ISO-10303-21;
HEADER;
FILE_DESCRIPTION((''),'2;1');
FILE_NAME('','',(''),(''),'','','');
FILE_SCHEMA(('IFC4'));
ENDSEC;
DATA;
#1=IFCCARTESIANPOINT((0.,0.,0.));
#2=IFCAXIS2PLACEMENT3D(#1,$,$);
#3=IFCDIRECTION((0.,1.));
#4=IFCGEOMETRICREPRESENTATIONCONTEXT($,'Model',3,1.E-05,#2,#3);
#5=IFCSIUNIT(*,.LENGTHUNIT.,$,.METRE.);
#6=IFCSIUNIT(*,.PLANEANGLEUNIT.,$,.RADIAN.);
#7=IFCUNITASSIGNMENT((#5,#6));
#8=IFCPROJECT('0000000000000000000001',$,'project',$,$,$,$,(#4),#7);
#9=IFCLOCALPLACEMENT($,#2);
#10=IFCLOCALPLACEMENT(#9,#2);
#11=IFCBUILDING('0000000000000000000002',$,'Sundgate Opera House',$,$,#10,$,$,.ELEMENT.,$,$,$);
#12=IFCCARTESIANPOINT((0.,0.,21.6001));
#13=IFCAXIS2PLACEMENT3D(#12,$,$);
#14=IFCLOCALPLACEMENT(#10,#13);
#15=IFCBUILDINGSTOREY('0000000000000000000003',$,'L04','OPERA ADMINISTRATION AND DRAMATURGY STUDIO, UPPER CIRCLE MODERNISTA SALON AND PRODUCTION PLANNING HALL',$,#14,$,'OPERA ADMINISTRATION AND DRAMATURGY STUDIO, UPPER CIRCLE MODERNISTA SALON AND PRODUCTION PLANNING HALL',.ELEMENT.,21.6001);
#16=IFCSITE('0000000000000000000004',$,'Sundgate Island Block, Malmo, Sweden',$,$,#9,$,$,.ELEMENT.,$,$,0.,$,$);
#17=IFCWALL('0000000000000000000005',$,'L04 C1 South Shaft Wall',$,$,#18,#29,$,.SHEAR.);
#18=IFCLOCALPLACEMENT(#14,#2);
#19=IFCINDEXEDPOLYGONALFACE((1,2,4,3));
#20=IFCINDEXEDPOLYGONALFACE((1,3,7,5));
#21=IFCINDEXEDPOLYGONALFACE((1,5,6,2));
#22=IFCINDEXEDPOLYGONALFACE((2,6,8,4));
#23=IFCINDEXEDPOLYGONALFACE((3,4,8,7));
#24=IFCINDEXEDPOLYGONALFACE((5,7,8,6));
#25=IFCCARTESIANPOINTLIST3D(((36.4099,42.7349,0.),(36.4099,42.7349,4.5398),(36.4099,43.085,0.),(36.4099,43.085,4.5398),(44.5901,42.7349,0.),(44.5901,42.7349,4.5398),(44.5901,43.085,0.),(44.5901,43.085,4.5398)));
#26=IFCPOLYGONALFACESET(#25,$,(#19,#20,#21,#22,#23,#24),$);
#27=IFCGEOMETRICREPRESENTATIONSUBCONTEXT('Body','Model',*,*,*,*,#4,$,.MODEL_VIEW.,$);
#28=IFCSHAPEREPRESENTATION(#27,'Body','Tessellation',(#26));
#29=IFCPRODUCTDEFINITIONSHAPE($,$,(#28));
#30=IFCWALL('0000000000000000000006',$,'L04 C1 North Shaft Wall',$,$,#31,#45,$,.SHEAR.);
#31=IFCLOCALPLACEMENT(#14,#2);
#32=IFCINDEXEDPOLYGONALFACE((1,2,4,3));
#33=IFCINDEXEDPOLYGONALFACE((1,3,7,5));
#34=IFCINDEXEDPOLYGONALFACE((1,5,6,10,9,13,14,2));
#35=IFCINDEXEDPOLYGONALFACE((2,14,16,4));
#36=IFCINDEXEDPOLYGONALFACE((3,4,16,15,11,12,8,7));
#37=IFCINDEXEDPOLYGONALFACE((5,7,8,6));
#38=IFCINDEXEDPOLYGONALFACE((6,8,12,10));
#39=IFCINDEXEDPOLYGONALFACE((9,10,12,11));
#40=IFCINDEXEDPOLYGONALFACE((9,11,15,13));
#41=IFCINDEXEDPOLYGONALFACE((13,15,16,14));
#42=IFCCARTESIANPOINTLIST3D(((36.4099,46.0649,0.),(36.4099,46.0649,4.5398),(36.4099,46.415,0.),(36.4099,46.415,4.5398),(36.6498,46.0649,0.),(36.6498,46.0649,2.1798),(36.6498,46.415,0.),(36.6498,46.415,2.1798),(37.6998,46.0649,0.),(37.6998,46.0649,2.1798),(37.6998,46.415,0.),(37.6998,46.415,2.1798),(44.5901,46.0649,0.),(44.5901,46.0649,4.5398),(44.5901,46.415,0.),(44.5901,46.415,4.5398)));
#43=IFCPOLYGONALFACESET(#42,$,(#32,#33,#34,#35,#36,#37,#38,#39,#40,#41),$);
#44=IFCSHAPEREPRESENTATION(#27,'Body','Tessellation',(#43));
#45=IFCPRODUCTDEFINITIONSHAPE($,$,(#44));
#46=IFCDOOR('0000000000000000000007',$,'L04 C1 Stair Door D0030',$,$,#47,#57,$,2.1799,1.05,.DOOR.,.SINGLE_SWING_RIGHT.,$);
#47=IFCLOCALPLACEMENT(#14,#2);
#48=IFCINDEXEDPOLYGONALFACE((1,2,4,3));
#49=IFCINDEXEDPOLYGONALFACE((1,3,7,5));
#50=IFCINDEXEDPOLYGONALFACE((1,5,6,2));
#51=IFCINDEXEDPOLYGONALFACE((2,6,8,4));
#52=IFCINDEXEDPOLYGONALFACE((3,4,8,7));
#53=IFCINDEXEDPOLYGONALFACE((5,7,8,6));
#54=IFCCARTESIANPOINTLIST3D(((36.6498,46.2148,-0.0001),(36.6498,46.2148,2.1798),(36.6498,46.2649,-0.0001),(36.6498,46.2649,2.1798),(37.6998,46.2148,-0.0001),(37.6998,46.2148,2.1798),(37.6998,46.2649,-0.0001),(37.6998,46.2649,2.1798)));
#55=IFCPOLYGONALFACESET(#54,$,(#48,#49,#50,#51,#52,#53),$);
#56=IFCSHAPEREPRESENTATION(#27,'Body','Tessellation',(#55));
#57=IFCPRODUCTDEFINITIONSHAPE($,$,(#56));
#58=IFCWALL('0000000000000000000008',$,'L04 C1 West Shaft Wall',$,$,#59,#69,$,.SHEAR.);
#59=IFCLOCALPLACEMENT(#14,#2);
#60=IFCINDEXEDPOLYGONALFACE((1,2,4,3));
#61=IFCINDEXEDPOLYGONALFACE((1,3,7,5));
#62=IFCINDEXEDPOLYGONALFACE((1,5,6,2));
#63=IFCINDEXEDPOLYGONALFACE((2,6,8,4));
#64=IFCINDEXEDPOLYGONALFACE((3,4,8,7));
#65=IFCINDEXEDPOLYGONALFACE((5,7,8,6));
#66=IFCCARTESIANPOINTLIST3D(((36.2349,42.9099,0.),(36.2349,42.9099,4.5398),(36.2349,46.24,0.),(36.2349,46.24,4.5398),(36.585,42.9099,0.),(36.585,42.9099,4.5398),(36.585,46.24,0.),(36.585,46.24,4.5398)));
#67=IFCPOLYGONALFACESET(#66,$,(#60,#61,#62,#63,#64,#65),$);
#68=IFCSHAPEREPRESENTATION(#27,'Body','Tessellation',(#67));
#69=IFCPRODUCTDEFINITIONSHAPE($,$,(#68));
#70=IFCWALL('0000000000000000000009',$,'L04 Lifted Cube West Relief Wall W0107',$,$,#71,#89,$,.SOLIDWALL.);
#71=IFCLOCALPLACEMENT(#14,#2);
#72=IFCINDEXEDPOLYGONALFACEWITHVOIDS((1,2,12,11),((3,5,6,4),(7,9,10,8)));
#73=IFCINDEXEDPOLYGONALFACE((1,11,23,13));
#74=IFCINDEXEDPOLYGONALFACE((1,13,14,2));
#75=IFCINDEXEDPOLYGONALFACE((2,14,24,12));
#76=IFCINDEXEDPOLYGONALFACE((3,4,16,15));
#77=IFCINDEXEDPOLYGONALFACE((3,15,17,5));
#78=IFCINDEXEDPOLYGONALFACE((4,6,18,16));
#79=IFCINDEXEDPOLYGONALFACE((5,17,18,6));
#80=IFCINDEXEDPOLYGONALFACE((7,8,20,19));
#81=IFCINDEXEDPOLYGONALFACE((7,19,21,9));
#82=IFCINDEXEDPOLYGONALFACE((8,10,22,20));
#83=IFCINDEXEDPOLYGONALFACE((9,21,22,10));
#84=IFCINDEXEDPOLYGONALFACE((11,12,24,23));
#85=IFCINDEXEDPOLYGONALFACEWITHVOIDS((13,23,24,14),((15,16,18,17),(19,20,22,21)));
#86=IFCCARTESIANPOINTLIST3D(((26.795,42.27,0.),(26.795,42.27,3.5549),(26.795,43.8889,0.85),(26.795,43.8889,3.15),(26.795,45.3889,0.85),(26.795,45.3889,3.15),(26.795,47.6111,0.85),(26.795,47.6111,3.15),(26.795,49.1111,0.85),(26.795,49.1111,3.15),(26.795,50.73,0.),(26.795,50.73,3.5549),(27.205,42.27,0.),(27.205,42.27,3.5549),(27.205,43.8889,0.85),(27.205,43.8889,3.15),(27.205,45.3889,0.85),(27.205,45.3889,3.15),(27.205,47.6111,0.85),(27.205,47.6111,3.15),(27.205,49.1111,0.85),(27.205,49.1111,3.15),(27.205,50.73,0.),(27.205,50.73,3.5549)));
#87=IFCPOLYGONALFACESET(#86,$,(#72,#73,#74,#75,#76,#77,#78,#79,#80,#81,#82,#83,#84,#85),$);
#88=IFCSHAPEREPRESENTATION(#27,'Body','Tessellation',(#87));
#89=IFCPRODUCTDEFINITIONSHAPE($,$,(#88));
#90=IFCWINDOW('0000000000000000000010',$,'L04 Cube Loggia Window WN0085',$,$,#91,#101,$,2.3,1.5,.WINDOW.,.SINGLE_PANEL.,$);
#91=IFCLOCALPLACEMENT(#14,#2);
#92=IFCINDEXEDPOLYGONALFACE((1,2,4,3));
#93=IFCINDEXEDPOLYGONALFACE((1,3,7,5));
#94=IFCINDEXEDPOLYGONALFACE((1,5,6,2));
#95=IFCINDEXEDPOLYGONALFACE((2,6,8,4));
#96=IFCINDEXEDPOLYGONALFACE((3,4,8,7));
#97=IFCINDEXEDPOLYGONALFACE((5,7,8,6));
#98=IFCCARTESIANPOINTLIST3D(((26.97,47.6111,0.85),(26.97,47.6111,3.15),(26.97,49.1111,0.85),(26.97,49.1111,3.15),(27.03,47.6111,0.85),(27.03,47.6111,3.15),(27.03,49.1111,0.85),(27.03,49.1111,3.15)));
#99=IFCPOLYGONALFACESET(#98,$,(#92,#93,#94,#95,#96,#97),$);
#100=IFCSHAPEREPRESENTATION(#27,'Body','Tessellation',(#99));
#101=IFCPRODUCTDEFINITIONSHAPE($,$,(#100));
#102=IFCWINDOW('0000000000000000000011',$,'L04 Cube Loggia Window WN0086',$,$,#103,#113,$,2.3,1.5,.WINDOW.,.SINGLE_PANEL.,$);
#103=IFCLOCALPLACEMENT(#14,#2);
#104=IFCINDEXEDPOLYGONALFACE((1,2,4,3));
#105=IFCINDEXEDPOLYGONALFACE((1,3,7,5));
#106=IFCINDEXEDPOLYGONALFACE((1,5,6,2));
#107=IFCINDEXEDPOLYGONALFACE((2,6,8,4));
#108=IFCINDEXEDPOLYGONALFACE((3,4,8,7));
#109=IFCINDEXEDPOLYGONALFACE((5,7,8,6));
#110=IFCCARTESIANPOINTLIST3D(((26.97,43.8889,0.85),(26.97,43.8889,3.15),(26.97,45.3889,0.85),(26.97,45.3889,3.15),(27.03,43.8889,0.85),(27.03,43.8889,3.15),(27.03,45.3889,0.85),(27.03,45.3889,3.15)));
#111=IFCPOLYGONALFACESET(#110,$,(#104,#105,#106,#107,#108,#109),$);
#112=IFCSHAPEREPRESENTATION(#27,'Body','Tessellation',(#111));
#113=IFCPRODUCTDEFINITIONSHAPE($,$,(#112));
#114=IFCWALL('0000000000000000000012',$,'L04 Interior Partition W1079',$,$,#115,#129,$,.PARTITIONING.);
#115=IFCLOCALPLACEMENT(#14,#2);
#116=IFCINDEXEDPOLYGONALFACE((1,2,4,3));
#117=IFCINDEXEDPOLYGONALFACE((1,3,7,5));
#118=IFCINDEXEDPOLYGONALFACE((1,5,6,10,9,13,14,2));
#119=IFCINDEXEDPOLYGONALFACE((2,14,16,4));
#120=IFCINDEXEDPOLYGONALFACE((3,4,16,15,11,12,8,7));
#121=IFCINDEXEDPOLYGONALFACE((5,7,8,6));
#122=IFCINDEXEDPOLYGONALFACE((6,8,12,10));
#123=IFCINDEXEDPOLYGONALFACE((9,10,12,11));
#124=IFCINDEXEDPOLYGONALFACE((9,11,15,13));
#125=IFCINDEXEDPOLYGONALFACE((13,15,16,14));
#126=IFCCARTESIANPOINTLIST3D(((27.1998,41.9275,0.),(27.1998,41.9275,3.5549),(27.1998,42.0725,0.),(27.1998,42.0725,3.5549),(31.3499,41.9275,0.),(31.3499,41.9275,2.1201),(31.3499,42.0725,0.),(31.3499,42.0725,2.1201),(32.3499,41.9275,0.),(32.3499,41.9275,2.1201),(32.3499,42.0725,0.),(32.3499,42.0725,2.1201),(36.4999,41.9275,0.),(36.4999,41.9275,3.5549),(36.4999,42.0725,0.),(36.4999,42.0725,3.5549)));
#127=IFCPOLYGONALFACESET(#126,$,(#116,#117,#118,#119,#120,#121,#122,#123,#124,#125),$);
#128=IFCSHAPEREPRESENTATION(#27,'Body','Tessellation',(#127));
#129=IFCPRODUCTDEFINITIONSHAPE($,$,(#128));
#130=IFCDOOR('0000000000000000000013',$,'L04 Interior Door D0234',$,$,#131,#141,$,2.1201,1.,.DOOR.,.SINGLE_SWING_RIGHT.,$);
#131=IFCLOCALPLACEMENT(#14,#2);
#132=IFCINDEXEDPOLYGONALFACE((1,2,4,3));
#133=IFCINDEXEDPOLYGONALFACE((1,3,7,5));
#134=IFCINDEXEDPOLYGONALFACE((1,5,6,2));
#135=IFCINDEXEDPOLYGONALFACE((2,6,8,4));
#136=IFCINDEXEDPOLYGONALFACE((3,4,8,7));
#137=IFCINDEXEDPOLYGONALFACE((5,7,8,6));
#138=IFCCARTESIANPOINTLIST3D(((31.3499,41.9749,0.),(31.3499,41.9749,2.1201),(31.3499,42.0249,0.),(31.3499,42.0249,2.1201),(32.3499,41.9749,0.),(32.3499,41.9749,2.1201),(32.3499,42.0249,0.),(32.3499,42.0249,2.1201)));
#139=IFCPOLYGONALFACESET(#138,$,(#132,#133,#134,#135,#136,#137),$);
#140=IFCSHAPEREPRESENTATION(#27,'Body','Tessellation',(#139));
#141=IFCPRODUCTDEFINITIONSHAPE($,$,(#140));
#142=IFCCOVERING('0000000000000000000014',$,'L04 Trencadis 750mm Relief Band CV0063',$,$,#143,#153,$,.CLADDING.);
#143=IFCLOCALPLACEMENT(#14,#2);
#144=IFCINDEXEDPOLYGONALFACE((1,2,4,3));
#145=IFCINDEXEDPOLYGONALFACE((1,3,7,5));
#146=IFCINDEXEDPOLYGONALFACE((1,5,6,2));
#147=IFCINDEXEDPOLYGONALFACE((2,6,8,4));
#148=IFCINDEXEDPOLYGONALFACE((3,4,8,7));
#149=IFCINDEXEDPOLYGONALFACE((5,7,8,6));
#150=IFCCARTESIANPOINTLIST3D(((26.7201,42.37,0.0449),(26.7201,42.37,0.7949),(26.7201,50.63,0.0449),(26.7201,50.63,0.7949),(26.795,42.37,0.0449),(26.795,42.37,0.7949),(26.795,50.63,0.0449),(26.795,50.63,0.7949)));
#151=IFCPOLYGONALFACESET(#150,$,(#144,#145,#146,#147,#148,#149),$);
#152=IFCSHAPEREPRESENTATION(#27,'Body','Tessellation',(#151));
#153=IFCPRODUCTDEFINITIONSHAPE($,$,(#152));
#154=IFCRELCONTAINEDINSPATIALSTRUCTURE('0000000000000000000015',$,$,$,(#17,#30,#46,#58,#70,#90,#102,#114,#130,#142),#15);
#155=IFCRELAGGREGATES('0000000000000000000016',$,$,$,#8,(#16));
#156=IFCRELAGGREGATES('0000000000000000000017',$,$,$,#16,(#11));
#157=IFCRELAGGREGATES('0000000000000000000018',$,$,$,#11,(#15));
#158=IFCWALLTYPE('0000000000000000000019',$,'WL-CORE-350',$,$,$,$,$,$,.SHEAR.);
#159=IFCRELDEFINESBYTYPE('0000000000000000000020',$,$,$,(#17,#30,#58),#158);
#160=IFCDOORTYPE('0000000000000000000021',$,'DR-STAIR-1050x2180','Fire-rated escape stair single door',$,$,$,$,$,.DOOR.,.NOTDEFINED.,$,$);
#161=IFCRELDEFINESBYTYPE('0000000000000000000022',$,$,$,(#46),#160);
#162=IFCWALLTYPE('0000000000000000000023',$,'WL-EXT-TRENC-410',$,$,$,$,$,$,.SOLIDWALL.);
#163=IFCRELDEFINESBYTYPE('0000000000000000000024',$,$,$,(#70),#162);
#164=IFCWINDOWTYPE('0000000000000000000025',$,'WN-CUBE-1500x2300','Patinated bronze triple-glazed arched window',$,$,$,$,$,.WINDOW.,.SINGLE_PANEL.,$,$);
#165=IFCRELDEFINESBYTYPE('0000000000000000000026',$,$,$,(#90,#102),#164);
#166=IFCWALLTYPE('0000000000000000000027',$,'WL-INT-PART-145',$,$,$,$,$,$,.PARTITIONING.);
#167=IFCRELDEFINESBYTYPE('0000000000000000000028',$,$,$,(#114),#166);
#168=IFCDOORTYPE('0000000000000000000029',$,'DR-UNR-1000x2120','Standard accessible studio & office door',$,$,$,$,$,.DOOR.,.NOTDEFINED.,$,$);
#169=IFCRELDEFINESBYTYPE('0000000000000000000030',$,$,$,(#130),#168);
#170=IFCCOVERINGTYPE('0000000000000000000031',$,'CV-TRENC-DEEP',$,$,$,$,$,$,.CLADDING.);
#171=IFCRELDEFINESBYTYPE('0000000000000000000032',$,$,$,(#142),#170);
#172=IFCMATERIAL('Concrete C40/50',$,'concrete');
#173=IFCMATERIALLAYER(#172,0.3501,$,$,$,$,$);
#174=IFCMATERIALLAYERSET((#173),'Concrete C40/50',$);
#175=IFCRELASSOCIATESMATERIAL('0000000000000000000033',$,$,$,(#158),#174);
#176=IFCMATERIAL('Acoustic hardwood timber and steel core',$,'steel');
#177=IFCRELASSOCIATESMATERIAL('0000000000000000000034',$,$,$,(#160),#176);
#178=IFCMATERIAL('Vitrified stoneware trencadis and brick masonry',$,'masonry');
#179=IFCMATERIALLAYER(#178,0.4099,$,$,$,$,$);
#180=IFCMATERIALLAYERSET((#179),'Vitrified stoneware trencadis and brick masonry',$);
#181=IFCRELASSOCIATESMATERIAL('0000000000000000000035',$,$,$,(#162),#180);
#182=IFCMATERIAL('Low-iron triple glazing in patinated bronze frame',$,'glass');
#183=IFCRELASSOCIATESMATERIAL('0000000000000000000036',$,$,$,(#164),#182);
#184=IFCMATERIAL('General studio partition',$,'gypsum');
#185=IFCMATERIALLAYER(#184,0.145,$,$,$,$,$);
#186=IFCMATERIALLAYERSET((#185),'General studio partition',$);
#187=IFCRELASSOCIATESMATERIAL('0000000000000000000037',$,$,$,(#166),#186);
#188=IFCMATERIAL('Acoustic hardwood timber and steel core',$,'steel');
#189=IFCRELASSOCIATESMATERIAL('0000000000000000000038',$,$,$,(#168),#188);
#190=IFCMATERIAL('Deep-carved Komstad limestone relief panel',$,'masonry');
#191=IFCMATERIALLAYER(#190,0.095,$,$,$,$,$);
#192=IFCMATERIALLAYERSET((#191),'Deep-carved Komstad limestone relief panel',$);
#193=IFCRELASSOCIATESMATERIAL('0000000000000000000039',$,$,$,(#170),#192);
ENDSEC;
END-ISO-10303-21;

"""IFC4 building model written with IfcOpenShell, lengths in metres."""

from ifc_helpers import new_model, si_unit, direction, frame, frame_2d, origin, origin_2d, place, context, subcontext, project, spatial, rectangle, extrude, material, layer, layer_set, type_object, element, fill, save


model = new_model("IFC4")

# Units and contexts
model_context = context("Model", 3, precision=1e-05, world=origin(), true_north=direction((0.0, 1.0)))
body_context = subcontext(model_context, "Body", "Model", "MODEL_VIEW")
ifc_project = project(units=[si_unit("LENGTHUNIT", "METRE"), si_unit("PLANEANGLEUNIT", "RADIAN")], contexts=[model_context])

# Site, building, storey
site_placement = place(None, origin())
site = spatial("IfcSite", under=ifc_project, at=site_placement, Name="Sundgate Island Block, Malmo, Sweden", CompositionType="ELEMENT", RefElevation=0.0)
building_placement = place(site_placement, origin())
building = spatial("IfcBuilding", under=site, at=building_placement, Name="Sundgate Opera House", CompositionType="ELEMENT")
storey_placement = place(building_placement, frame((0.0, 0.0, 21.6001)))
storey = spatial("IfcBuildingStorey", under=building, at=storey_placement, Name="L04", Description="OPERA ADMINISTRATION AND DRAMATURGY STUDIO, UPPER CIRCLE MODERNISTA SALON AND PRODUCTION PLANNING HALL", LongName="OPERA ADMINISTRATION AND DRAMATURGY STUDIO, UPPER CIRCLE MODERNISTA SALON AND PRODUCTION PLANNING HALL", CompositionType="ELEMENT", Elevation=21.6001)

# Wall
ifc_material_1 = material(Name="Concrete C40/50", Category="concrete")
ifc_layer_1 = layer(ifc_material_1, 0.3501)
ifc_layer_set_1 = layer_set([ifc_layer_1], Name="Concrete C40/50")
wall_type_1 = type_object("IfcWallType", Name="WL-CORE-350", PredefinedType="SHEAR", material=ifc_layer_set_1)
wall_1_placement = place(storey_placement, frame((36.4099, 42.9099, 0.0), z_axis=(0.0, 0.0, 1.0), x_axis=(1.0, 0.0, 0.0)))
element("IfcWall", 1, at=wall_1_placement, inside=storey, type_object=wall_type_1, Name="L04 C1 South Shaft Wall", PredefinedType="SHEAR", context=body_context, shape_type="SweptSolid", body=[
    extrude(rectangle(XDim=8.1802, YDim=0.3501, at=frame_2d((4.0901, 0.0))), origin(), (0.0, 0.0, 1.0), 4.5398),
])

# Wall, opening, door
wall_2_placement = place(storey_placement, frame((36.4099, 46.24, 0.0), z_axis=(0.0, 0.0, 1.0), x_axis=(1.0, 0.0, 0.0)))
wall_2 = element("IfcWall", 2, at=wall_2_placement, inside=storey, type_object=wall_type_1, Name="L04 C1 North Shaft Wall", PredefinedType="SHEAR", context=body_context, shape_type="SweptSolid", body=[
    extrude(rectangle(XDim=8.1802, YDim=0.3501, at=frame_2d((4.0901, 0.0))), origin(), (0.0, 0.0, 1.0), 4.5398),
])
opening_1_placement = place(wall_2_placement, frame((0.24, 0.0, 0.0)))
opening_1 = element("IfcOpeningElement", 3, at=opening_1_placement, cuts=wall_2, PredefinedType="OPENING", context=body_context, shape_type="SweptSolid", body=[
    extrude(rectangle(XDim=1.05, YDim=2.1799, at=frame_2d((0.5249, 1.0898))), frame((0.0, 0.1851, 0.0), z_axis=(0.0, -1.0, 0.0), x_axis=(1.0, 0.0, 0.0)), (0.0, 0.0, 1.0), 0.3701),
])
ifc_material_2 = material(Name="Acoustic hardwood timber and steel core", Category="steel")
door_type_1 = type_object("IfcDoorType", Name="DR-STAIR-1050x2180", Description="Fire-rated escape stair single door", OperationType="NOTDEFINED", PredefinedType="DOOR", material=ifc_material_2)
door_1_placement = place(opening_1_placement, origin())
door_1 = element("IfcDoor", 4, at=door_1_placement, inside=storey, type_object=door_type_1, Name="L04 C1 Stair Door D0030", OperationType="SINGLE_SWING_RIGHT", OverallHeight=2.1799, OverallWidth=1.05, PredefinedType="DOOR", context=body_context, shape_type="SweptSolid", body=[
    extrude(rectangle(XDim=1.05, YDim=2.1799, at=frame_2d((0.5249, 1.0898))), frame((0.0, 0.0249, 0.0), z_axis=(0.0, -1.0, 0.0), x_axis=(1.0, 0.0, 0.0)), (0.0, 0.0, 1.0), 0.05),
])
fill(opening_1, door_1)

# Wall
wall_3_placement = place(storey_placement, frame((36.4099, 42.9099, 0.0), z_axis=(0.0, 0.0, 1.0), x_axis=(0.0, 1.0, 0.0)))
element("IfcWall", 5, at=wall_3_placement, inside=storey, type_object=wall_type_1, Name="L04 C1 West Shaft Wall", PredefinedType="SHEAR", context=body_context, shape_type="SweptSolid", body=[
    extrude(rectangle(XDim=3.3301, YDim=0.3501, at=frame_2d((1.665, 0.0))), origin(), (0.0, 0.0, 1.0), 4.5398),
])

# Wall, openings, windows
ifc_material_3 = material(Name="Vitrified stoneware trencadis and brick masonry", Category="masonry")
ifc_layer_2 = layer(ifc_material_3, 0.4099)
ifc_layer_set_2 = layer_set([ifc_layer_2], Name="Vitrified stoneware trencadis and brick masonry")
wall_type_2 = type_object("IfcWallType", Name="WL-EXT-TRENC-410", PredefinedType="SOLIDWALL", material=ifc_layer_set_2)
wall_4_placement = place(storey_placement, frame((27.0, 50.73, 0.0), z_axis=(0.0, 0.0, 1.0), x_axis=(0.0, -1.0, 0.0)))
wall_4 = element("IfcWall", 6, at=wall_4_placement, inside=storey, type_object=wall_type_2, Name="L04 Lifted Cube West Relief Wall W0107", PredefinedType="SOLIDWALL", context=body_context, shape_type="SweptSolid", body=[
    extrude(rectangle(XDim=8.46, YDim=0.4099, at=frame_2d((4.23, 0.0))), origin(), (0.0, 0.0, 1.0), 3.5549),
])
opening_2_placement = place(wall_4_placement, frame((1.6189, 0.0, 0.8501)))
opening_2 = element("IfcOpeningElement", 7, at=opening_2_placement, cuts=wall_4, PredefinedType="OPENING", context=body_context, shape_type="SweptSolid", body=[
    extrude(rectangle(XDim=1.5, YDim=2.3, at=frame_2d((0.75, 1.1499))), frame((0.0, 0.2148, 0.0), z_axis=(0.0, -1.0, 0.0), x_axis=(1.0, 0.0, 0.0)), (0.0, 0.0, 1.0), 0.4299),
])
opening_3_placement = place(wall_4_placement, frame((5.3411, 0.0, 0.8501)))
opening_3 = element("IfcOpeningElement", 8, at=opening_3_placement, cuts=wall_4, PredefinedType="OPENING", context=body_context, shape_type="SweptSolid", body=[
    extrude(rectangle(XDim=1.5, YDim=2.3, at=frame_2d((0.75, 1.1499))), frame((0.0, 0.2148, 0.0), z_axis=(0.0, -1.0, 0.0), x_axis=(1.0, 0.0, 0.0)), (0.0, 0.0, 1.0), 0.4299),
])
ifc_material_4 = material(Name="Low-iron triple glazing in patinated bronze frame", Category="glass")
window_type = type_object("IfcWindowType", Name="WN-CUBE-1500x2300", Description="Patinated bronze triple-glazed arched window", PartitioningType="SINGLE_PANEL", PredefinedType="WINDOW", material=ifc_material_4)
window_1_placement = place(opening_2_placement, origin())
window_1 = element("IfcWindow", 9, at=window_1_placement, inside=storey, type_object=window_type, Name="L04 Cube Loggia Window WN0085", OverallHeight=2.3, OverallWidth=1.5, PartitioningType="SINGLE_PANEL", PredefinedType="WINDOW", context=body_context, shape_type="SweptSolid", body=[
    extrude(rectangle(XDim=1.5, YDim=2.3, at=frame_2d((0.75, 1.1499))), frame((0.0, 0.03, 0.0), z_axis=(0.0, -1.0, 0.0), x_axis=(1.0, 0.0, 0.0)), (0.0, 0.0, 1.0), 0.0601),
])
fill(opening_2, window_1)
window_2_placement = place(opening_3_placement, origin())
window_2 = element("IfcWindow", 10, at=window_2_placement, inside=storey, type_object=window_type, Name="L04 Cube Loggia Window WN0086", OverallHeight=2.3, OverallWidth=1.5, PartitioningType="SINGLE_PANEL", PredefinedType="WINDOW", context=body_context, shape_type="SweptSolid", body=[
    extrude(rectangle(XDim=1.5, YDim=2.3, at=frame_2d((0.75, 1.1499))), frame((0.0, 0.03, 0.0), z_axis=(0.0, -1.0, 0.0), x_axis=(1.0, 0.0, 0.0)), (0.0, 0.0, 1.0), 0.0601),
])
fill(opening_3, window_2)

# Wall, opening, door
ifc_material_5 = material(Name="General studio partition", Category="gypsum")
ifc_layer_3 = layer(ifc_material_5, 0.145)
ifc_layer_set_3 = layer_set([ifc_layer_3], Name="General studio partition")
wall_type_3 = type_object("IfcWallType", Name="WL-INT-PART-145", PredefinedType="PARTITIONING", material=ifc_layer_set_3)
wall_5_placement = place(storey_placement, frame((27.2, 42.0, 0.0), z_axis=(0.0, 0.0, 1.0), x_axis=(1.0, 0.0, 0.0)))
wall_5 = element("IfcWall", 11, at=wall_5_placement, inside=storey, type_object=wall_type_3, Name="L04 Interior Partition W1079", PredefinedType="PARTITIONING", context=body_context, shape_type="SweptSolid", body=[
    extrude(rectangle(XDim=9.3, YDim=0.145, at=frame_2d((4.6499, 0.0))), origin(), (0.0, 0.0, 1.0), 3.5549),
])
opening_4_placement = place(wall_5_placement, frame((4.1499, 0.0, 0.0)))
opening_4 = element("IfcOpeningElement", 12, at=opening_4_placement, cuts=wall_5, PredefinedType="OPENING", context=body_context, shape_type="SweptSolid", body=[
    extrude(rectangle(XDim=1.0, YDim=2.1201, at=frame_2d((0.5, 1.0601))), frame((0.0, 0.0825, 0.0), z_axis=(0.0, -1.0, 0.0), x_axis=(1.0, 0.0, 0.0)), (0.0, 0.0, 1.0), 0.165),
])
ifc_material_6 = material(Name="Acoustic hardwood timber and steel core", Category="steel")
door_type_2 = type_object("IfcDoorType", Name="DR-UNR-1000x2120", Description="Standard accessible studio & office door", OperationType="NOTDEFINED", PredefinedType="DOOR", material=ifc_material_6)
door_2_placement = place(opening_4_placement, origin())
door_2 = element("IfcDoor", 13, at=door_2_placement, inside=storey, type_object=door_type_2, Name="L04 Interior Door D0234", OperationType="SINGLE_SWING_RIGHT", OverallHeight=2.1201, OverallWidth=1.0, PredefinedType="DOOR", context=body_context, shape_type="SweptSolid", body=[
    extrude(rectangle(XDim=1.0, YDim=2.1201, at=frame_2d((0.5, 1.0601))), frame((0.0, 0.0249, 0.0), z_axis=(0.0, -1.0, 0.0), x_axis=(1.0, 0.0, 0.0)), (0.0, 0.0, 1.0), 0.05),
])
fill(opening_4, door_2)

# Covering
ifc_material_7 = material(Name="Deep-carved Komstad limestone relief panel", Category="masonry")
ifc_layer_4 = layer(ifc_material_7, 0.095)
ifc_layer_set_4 = layer_set([ifc_layer_4], Name="Deep-carved Komstad limestone relief panel")
covering_type = type_object("IfcCoveringType", Name="CV-TRENC-DEEP", PredefinedType="CLADDING", material=ifc_layer_set_4)
covering_placement = place(storey_placement, frame((26.7576, 46.5, 0.0449), z_axis=(0.0, 0.0, 1.0), x_axis=(0.0, 1.0, 0.0)))
element("IfcCovering", 14, at=covering_placement, inside=storey, type_object=covering_type, Name="L04 Trencadis 750mm Relief Band CV0063", PredefinedType="CLADDING", context=body_context, shape_type="SweptSolid", body=[
    extrude(rectangle(XDim=8.26, YDim=0.075, at=origin_2d()), origin(), (0.0, 0.0, 1.0), 0.75),
])

save(model, "model.ifc")
